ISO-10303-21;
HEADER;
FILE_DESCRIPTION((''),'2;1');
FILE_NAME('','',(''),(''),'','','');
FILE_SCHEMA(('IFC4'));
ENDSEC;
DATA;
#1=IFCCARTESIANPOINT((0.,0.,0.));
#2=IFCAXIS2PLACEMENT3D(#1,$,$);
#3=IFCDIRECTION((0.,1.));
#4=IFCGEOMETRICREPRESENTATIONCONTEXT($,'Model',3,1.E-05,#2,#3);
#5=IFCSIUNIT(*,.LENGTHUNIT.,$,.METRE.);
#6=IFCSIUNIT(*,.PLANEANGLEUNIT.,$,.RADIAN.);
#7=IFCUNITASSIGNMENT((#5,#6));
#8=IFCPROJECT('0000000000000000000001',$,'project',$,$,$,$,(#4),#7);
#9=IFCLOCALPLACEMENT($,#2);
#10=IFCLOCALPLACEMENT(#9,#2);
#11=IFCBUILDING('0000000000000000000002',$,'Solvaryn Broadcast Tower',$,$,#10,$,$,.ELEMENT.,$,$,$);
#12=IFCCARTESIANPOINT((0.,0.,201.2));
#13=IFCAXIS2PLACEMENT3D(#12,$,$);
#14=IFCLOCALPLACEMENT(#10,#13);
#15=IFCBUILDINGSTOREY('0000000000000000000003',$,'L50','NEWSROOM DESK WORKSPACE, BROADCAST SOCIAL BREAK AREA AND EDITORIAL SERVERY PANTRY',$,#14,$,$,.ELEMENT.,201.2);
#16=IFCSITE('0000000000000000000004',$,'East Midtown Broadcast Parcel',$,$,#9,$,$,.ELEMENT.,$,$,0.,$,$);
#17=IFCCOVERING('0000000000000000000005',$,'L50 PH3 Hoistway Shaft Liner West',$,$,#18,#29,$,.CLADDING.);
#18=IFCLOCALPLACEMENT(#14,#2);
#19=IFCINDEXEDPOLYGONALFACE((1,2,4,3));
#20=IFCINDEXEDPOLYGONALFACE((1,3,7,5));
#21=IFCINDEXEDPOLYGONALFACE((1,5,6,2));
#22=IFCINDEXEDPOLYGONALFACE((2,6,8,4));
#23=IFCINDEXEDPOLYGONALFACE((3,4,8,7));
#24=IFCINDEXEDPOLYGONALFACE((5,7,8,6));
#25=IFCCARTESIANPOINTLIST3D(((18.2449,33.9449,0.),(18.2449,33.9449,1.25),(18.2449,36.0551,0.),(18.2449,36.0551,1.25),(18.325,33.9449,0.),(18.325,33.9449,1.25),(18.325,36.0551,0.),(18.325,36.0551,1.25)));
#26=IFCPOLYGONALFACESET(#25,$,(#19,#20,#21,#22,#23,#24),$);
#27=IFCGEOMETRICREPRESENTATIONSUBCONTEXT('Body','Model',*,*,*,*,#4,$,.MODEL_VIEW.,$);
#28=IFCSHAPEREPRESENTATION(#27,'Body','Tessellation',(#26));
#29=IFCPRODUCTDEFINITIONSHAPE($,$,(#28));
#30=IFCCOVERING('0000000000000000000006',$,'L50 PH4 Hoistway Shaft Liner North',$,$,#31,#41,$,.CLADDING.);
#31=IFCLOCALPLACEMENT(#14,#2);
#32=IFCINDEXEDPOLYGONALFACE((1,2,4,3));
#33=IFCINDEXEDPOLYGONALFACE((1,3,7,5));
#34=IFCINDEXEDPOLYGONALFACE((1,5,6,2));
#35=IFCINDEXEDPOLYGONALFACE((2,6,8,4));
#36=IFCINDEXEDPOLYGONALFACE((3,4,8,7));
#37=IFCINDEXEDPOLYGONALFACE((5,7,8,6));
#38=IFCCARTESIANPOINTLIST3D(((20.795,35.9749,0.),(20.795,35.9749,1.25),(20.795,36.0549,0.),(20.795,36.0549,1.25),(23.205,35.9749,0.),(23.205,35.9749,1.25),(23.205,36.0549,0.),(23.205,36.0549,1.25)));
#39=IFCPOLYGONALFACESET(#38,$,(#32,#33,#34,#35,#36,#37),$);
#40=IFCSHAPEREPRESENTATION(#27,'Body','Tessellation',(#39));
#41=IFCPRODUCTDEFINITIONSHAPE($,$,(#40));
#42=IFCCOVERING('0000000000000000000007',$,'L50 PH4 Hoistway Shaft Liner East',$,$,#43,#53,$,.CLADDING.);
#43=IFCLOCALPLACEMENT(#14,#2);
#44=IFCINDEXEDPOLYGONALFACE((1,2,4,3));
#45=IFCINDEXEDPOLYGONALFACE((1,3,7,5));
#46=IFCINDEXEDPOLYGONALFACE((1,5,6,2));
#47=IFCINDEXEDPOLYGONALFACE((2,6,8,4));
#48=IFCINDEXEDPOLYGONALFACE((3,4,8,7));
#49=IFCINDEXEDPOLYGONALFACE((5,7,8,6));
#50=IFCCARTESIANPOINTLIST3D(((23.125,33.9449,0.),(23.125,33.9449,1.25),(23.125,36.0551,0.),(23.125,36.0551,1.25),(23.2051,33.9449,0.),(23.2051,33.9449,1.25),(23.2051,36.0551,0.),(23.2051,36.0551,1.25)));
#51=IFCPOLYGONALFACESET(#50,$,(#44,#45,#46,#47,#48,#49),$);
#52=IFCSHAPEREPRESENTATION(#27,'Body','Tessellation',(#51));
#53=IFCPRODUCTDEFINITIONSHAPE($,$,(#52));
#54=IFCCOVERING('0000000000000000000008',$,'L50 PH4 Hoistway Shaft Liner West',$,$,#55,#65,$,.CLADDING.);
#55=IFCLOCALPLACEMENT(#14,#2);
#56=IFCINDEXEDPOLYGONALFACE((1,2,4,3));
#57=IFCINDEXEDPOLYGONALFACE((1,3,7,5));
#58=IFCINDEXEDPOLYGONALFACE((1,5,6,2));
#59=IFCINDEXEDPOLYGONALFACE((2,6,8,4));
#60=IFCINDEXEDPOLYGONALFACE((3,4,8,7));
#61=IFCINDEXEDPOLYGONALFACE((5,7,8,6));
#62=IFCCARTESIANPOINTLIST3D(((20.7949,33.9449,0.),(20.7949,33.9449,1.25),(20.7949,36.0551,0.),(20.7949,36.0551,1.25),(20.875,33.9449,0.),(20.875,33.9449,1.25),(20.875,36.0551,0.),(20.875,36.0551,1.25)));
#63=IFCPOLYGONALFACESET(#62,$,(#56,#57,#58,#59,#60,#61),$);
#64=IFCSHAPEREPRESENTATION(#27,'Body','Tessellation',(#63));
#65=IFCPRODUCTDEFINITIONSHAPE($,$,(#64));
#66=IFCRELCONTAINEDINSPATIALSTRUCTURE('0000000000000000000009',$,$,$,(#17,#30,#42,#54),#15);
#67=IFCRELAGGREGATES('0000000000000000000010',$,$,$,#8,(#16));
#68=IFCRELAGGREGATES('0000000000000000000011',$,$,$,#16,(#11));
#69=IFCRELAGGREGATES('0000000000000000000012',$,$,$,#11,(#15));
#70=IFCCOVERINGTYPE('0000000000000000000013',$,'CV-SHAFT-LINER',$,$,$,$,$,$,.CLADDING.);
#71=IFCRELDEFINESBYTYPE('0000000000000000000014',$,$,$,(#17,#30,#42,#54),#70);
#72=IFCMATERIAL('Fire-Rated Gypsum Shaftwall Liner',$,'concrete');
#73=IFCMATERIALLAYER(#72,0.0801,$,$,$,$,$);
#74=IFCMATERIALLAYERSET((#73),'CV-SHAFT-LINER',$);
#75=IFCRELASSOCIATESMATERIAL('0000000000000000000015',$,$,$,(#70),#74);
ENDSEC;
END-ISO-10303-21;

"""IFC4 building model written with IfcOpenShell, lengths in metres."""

from ifc_helpers import new_model, si_unit, direction, frame, origin, origin_2d, place, context, subcontext, project, spatial, rectangle, extrude, material, layer, layer_set, type_object, element, save


model = new_model("IFC4")

# Units and contexts
model_context = context("Model", 3, precision=1e-05, world=origin(), true_north=direction((0.0, 1.0)))
body_context = subcontext(model_context, "Body", "Model", "MODEL_VIEW")
ifc_project = project(units=[si_unit("LENGTHUNIT", "METRE"), si_unit("PLANEANGLEUNIT", "RADIAN")], contexts=[model_context])

# Site, building, storey
site_placement = place(None, origin())
site = spatial("IfcSite", under=ifc_project, at=site_placement, Name="East Midtown Broadcast Parcel", CompositionType="ELEMENT", RefElevation=0.0)
building_placement = place(site_placement, origin())
building = spatial("IfcBuilding", under=site, at=building_placement, Name="Solvaryn Broadcast Tower", CompositionType="ELEMENT")
storey_placement = place(building_placement, frame((0.0, 0.0, 201.2)))
storey = spatial("IfcBuildingStorey", under=building, at=storey_placement, Name="L50", Description="NEWSROOM DESK WORKSPACE, BROADCAST SOCIAL BREAK AREA AND EDITORIAL SERVERY PANTRY", CompositionType="ELEMENT", Elevation=201.2)

# Coverings
ifc_material_1 = material(Name="Fire-Rated Gypsum Shaftwall Liner", Category="concrete")
ifc_layer_1 = layer(ifc_material_1, 0.0801)
ifc_layer_set_1 = layer_set([ifc_layer_1], Name="CV-SHAFT-LINER")
covering_type = type_object("IfcCoveringType", Name="CV-SHAFT-LINER", PredefinedType="CLADDING", material=ifc_layer_set_1)
for number, where, z_axis, x_axis, name in (
    (1, (18.2849, 35.0, 0.0), (0.0, 0.0, 1.0), (1.0, 0.0, 0.0), "L50 PH3 Hoistway Shaft Liner West"),
):
    element("IfcCovering", number, at=place(storey_placement, frame(where, z_axis=z_axis, x_axis=x_axis)), inside=storey, type_object=covering_type, Name=name, PredefinedType="CLADDING", context=body_context, shape_type="SweptSolid", body=[
        extrude(rectangle(XDim=0.0801, YDim=2.1101, at=origin_2d()), origin(), (0.0, 0.0, 1.0), 1.25),
    ])
covering_1_placement = place(storey_placement, frame((22.0, 36.0149, 0.0), z_axis=(0.0, 0.0, 1.0), x_axis=(1.0, 0.0, 0.0)))
element("IfcCovering", 2, at=covering_1_placement, inside=storey, type_object=covering_type, Name="L50 PH4 Hoistway Shaft Liner North", PredefinedType="CLADDING", context=body_context, shape_type="SweptSolid", body=[
    extrude(rectangle(XDim=2.4099, YDim=0.0801, at=origin_2d()), origin(), (0.0, 0.0, 1.0), 1.25),
])
for number, where, z_axis, x_axis, name in (
    (3, (23.165, 35.0, 0.0), (0.0, 0.0, 1.0), (1.0, 0.0, 0.0), "L50 PH4 Hoistway Shaft Liner East"),
    (4, (20.835, 35.0, 0.0), (0.0, 0.0, 1.0), (1.0, 0.0, 0.0), "L50 PH4 Hoistway Shaft Liner West"),
):
    element("IfcCovering", number, at=place(storey_placement, frame(where, z_axis=z_axis, x_axis=x_axis)), inside=storey, type_object=covering_type, Name=name, PredefinedType="CLADDING", context=body_context, shape_type="SweptSolid", body=[
        extrude(rectangle(XDim=0.0801, YDim=2.1101, at=origin_2d()), origin(), (0.0, 0.0, 1.0), 1.25),
    ])

save(model, "model.ifc")
